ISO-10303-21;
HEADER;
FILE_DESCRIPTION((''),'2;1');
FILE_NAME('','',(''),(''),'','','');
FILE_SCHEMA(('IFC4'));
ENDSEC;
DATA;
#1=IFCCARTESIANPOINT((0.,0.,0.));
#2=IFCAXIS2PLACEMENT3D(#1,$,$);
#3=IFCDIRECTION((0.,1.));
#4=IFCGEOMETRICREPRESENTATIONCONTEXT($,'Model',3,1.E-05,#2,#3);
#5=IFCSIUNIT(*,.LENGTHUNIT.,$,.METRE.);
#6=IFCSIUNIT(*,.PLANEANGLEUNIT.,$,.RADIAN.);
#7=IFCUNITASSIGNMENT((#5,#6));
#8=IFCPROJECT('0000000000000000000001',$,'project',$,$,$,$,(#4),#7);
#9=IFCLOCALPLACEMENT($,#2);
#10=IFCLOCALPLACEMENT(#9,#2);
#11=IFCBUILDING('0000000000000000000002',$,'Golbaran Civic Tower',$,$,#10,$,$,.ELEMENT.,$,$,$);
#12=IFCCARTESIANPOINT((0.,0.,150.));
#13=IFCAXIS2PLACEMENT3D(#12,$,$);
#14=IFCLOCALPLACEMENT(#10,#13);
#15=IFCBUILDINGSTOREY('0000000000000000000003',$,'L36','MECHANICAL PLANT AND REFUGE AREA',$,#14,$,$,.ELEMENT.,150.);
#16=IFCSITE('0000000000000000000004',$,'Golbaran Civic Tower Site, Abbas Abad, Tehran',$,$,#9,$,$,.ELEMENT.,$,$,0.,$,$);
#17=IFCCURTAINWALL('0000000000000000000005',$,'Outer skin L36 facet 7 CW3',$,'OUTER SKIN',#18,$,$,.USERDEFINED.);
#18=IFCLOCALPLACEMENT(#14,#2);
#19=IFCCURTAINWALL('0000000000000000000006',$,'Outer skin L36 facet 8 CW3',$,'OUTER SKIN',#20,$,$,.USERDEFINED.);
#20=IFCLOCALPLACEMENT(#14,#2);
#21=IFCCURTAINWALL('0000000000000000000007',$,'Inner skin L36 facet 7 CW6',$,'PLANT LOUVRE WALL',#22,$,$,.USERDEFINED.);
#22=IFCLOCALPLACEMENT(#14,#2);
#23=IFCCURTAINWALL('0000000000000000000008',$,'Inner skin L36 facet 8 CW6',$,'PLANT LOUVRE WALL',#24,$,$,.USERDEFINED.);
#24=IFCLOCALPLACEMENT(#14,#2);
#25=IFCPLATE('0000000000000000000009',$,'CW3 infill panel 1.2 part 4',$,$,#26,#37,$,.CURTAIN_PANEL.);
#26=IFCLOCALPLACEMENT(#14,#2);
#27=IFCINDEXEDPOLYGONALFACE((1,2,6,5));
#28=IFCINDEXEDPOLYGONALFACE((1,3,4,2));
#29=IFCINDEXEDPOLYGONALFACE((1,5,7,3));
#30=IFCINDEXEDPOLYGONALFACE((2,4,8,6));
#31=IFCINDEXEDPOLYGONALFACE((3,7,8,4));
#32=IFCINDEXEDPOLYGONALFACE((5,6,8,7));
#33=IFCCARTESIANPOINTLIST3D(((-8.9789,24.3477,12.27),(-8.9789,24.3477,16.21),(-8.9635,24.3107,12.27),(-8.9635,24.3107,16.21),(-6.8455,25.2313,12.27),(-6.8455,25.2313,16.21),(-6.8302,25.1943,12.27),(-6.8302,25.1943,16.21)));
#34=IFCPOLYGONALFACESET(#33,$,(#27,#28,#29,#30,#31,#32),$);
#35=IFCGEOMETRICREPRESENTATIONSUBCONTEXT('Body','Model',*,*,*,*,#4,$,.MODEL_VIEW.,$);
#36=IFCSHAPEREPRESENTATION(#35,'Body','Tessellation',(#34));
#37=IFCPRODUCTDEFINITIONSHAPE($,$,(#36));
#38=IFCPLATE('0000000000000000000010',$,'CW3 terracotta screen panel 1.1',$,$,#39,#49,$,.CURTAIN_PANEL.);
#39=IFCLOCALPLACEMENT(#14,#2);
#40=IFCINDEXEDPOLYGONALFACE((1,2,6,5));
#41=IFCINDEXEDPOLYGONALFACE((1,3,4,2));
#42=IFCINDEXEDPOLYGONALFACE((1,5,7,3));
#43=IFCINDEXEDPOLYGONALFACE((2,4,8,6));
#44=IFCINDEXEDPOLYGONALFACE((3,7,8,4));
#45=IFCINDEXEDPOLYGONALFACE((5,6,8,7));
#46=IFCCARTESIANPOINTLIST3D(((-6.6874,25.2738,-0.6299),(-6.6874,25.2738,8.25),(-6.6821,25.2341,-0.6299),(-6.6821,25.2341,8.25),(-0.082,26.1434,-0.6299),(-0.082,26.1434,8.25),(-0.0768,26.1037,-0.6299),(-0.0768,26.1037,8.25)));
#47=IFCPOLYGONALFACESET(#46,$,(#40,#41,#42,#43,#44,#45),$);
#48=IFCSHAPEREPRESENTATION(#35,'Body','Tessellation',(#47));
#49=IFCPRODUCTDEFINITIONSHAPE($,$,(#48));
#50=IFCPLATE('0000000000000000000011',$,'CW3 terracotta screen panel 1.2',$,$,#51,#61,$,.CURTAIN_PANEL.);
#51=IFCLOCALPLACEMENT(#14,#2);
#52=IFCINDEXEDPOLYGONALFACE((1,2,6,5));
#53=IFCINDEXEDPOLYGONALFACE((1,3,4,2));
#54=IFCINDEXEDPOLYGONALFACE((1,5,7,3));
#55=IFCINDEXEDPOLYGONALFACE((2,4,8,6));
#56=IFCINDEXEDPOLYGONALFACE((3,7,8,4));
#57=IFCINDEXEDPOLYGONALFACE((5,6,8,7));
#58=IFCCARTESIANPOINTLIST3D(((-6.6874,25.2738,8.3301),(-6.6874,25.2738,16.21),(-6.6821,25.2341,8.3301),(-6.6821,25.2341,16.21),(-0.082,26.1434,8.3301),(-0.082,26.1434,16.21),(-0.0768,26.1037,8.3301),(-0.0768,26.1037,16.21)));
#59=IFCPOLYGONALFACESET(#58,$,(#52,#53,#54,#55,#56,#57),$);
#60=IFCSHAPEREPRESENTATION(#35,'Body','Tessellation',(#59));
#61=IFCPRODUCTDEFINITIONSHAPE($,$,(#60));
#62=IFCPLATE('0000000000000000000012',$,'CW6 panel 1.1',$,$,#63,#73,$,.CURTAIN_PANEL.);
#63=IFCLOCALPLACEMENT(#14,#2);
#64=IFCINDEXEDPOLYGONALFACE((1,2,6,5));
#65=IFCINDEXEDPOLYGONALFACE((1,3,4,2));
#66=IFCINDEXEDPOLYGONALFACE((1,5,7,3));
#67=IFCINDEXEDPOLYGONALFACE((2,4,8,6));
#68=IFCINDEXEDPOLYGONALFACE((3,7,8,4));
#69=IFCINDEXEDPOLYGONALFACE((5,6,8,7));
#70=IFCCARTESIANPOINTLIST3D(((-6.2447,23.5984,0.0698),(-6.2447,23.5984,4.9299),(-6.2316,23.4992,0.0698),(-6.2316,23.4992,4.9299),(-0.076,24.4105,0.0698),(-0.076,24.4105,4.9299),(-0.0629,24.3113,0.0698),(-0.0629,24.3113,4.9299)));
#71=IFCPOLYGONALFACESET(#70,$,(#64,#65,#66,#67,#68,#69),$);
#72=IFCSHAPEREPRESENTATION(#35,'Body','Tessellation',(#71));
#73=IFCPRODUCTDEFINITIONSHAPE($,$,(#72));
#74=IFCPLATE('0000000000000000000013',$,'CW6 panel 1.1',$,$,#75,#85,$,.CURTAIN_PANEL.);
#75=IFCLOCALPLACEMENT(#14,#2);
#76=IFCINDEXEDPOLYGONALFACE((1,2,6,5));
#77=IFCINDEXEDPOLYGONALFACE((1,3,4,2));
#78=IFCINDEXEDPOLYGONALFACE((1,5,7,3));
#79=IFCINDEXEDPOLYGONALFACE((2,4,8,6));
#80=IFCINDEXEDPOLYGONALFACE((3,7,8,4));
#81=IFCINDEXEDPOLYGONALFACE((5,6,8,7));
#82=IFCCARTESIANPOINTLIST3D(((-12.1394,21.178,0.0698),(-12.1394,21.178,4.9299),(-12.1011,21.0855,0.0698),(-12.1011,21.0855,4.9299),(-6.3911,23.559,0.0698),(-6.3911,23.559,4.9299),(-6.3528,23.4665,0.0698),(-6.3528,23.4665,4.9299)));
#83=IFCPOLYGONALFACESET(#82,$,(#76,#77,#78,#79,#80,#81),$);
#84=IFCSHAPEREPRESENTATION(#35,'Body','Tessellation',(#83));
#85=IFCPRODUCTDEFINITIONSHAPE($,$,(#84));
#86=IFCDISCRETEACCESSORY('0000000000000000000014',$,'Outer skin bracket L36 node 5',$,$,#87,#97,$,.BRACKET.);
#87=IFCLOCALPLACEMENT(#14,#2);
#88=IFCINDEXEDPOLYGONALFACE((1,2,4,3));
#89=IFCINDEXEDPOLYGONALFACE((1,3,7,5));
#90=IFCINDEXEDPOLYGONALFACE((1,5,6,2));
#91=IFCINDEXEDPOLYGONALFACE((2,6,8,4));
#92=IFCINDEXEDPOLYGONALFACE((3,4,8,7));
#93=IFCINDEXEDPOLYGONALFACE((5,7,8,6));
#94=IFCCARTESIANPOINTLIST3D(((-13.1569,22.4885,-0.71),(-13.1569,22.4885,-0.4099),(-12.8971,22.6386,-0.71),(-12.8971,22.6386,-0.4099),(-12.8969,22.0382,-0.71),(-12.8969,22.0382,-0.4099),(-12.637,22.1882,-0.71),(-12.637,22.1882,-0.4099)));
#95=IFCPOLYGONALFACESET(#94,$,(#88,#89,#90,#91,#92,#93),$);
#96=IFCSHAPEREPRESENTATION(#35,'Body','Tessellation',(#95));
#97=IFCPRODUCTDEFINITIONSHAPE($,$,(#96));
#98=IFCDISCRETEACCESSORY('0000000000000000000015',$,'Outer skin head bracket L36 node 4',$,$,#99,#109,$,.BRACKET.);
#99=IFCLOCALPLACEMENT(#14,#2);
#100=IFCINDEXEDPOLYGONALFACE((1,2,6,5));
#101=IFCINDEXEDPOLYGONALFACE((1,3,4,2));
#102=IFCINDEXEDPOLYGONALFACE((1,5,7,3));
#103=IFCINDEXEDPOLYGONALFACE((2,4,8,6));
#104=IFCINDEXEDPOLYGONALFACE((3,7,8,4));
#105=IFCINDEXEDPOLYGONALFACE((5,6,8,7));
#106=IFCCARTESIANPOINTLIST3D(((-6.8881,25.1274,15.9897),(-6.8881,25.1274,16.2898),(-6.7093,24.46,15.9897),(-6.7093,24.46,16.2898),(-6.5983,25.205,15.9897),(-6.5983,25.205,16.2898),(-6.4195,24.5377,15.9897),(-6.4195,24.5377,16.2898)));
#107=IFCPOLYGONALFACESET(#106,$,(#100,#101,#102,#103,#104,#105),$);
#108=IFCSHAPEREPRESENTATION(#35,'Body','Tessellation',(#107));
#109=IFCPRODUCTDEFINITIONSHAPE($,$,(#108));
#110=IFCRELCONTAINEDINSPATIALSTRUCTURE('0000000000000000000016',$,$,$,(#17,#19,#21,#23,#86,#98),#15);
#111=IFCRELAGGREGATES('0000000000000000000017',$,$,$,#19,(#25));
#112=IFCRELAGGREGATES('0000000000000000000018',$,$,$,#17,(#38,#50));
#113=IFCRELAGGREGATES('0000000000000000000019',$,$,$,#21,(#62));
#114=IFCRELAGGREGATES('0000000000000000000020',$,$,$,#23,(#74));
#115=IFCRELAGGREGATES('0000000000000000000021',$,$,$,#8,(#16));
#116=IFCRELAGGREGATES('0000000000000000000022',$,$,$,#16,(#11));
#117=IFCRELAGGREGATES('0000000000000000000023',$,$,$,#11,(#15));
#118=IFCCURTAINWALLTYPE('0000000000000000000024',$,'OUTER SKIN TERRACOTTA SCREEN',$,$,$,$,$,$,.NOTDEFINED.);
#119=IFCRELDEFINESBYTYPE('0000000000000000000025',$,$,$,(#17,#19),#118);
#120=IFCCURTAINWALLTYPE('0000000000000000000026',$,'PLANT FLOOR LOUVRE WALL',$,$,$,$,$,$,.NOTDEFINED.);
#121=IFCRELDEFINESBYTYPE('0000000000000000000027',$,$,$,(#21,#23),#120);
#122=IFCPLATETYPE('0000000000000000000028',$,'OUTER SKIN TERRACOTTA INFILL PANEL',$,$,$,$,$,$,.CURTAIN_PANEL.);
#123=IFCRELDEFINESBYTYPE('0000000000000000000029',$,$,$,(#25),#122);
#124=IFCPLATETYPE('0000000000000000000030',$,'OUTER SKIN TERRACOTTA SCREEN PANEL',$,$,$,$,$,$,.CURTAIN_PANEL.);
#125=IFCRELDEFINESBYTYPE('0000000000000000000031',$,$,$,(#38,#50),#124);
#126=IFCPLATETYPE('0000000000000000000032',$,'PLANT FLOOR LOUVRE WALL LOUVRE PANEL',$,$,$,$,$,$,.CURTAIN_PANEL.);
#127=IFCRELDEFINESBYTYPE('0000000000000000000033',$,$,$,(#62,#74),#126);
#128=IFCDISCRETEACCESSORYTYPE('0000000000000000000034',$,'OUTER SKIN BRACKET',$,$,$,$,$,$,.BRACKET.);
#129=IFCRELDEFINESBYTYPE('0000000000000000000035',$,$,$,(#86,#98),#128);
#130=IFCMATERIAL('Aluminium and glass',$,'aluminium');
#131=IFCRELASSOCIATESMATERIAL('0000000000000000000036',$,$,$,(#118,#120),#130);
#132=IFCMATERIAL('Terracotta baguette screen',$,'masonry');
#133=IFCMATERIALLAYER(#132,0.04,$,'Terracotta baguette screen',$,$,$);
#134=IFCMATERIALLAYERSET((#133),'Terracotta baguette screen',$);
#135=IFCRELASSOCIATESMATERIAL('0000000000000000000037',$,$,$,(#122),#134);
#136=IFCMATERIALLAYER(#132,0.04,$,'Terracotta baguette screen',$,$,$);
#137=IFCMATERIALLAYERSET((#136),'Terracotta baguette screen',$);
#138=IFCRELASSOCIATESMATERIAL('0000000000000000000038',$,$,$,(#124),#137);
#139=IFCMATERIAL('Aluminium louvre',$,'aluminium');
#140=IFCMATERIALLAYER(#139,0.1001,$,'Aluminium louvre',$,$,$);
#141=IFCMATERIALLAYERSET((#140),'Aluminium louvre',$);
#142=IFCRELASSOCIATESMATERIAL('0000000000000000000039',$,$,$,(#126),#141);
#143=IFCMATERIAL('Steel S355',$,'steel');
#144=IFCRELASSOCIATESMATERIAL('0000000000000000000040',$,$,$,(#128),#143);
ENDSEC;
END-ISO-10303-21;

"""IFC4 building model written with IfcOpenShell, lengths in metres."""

from ifc_helpers import new_model, si_unit, direction, frame, origin, origin_2d, place, context, subcontext, project, spatial, rectangle, extrude, material, layer, layer_set, type_object, element, aggregate, save


model = new_model("IFC4")

# Units and contexts
model_context = context("Model", 3, precision=1e-05, world=origin(), true_north=direction((0.0, 1.0)))
body_context = subcontext(model_context, "Body", "Model", "MODEL_VIEW")
ifc_project = project(units=[si_unit("LENGTHUNIT", "METRE"), si_unit("PLANEANGLEUNIT", "RADIAN")], contexts=[model_context])

# Site, building, storey
site_placement = place(None, origin())
site = spatial("IfcSite", under=ifc_project, at=site_placement, Name="Golbaran Civic Tower Site, Abbas Abad, Tehran", CompositionType="ELEMENT", RefElevation=0.0)
building_placement = place(site_placement, origin())
building = spatial("IfcBuilding", under=site, at=building_placement, Name="Golbaran Civic Tower", CompositionType="ELEMENT")
storey_placement = place(building_placement, frame((0.0, 0.0, 150.0)))
storey = spatial("IfcBuildingStorey", under=building, at=storey_placement, Name="L36", Description="MECHANICAL PLANT AND REFUGE AREA", CompositionType="ELEMENT", Elevation=150.0)

# Shared definitions
ifc_material_1 = material(Name="Steel S355", Category="steel")

# Curtain wall
ifc_material_2 = material(Name="Aluminium and glass", Category="aluminium")
curtain_wall_type_1 = type_object("IfcCurtainWallType", Name="OUTER SKIN TERRACOTTA SCREEN", PredefinedType="NOTDEFINED", material=ifc_material_2)
curtain_wall_1_placement = place(storey_placement, origin())
curtain_wall_1 = element("IfcCurtainWall", 1, at=curtain_wall_1_placement, inside=storey, type_object=curtain_wall_type_1, Name="Outer skin L36 facet 7 CW3", ObjectType="OUTER SKIN", PredefinedType="USERDEFINED")

# Curtain wall
curtain_wall_2_placement = place(storey_placement, origin())
curtain_wall_2 = element("IfcCurtainWall", 2, at=curtain_wall_2_placement, inside=storey, type_object=curtain_wall_type_1, Name="Outer skin L36 facet 8 CW3", ObjectType="OUTER SKIN", PredefinedType="USERDEFINED")

# Curtain wall
curtain_wall_type_2 = type_object("IfcCurtainWallType", Name="PLANT FLOOR LOUVRE WALL", PredefinedType="NOTDEFINED", material=ifc_material_2)
curtain_wall_3_placement = place(storey_placement, origin())
curtain_wall_3 = element("IfcCurtainWall", 3, at=curtain_wall_3_placement, inside=storey, type_object=curtain_wall_type_2, Name="Inner skin L36 facet 7 CW6", ObjectType="PLANT LOUVRE WALL", PredefinedType="USERDEFINED")

# Curtain wall
curtain_wall_4_placement = place(storey_placement, origin())
curtain_wall_4 = element("IfcCurtainWall", 4, at=curtain_wall_4_placement, inside=storey, type_object=curtain_wall_type_2, Name="Inner skin L36 facet 8 CW6", ObjectType="PLANT LOUVRE WALL", PredefinedType="USERDEFINED")

# Plates
ifc_material_3 = material(Name="Terracotta baguette screen", Category="masonry")
ifc_layer_1 = layer(ifc_material_3, 0.04, Name="Terracotta baguette screen")
ifc_layer_set_1 = layer_set([ifc_layer_1], Name="Terracotta baguette screen")
plate_type_1 = type_object("IfcPlateType", Name="OUTER SKIN TERRACOTTA INFILL PANEL", PredefinedType="CURTAIN_PANEL", material=ifc_layer_set_1)
plate_1_placement = place(storey_placement, frame((-7.9045, 24.771, 12.27), z_axis=(0.0, 0.0, 1.0), x_axis=(-0.92388, -0.382683, 0.0)))
plate_1 = element("IfcPlate", 5, at=plate_1_placement, type_object=plate_type_1, Name="CW3 infill panel 1.2 part 4", PredefinedType="CURTAIN_PANEL", context=body_context, shape_type="SweptSolid", body=[
    extrude(rectangle(XDim=2.3091, YDim=0.04, at=origin_2d()), origin(), (0.0, 0.0, 1.0), 3.9399),
])
aggregate(curtain_wall_2, [plate_1])
ifc_layer_2 = layer(ifc_material_3, 0.04, Name="Terracotta baguette screen")
ifc_layer_set_2 = layer_set([ifc_layer_2], Name="Terracotta baguette screen")
plate_type_2 = type_object("IfcPlateType", Name="OUTER SKIN TERRACOTTA SCREEN PANEL", PredefinedType="CURTAIN_PANEL", material=ifc_layer_set_2)
plate_2_placement = place(storey_placement, frame((-3.3821, 25.6887, -0.6299), z_axis=(0.0, 0.0, 1.0), x_axis=(-0.991445, -0.130526, 0.0)))
plate_2 = element("IfcPlate", 6, at=plate_2_placement, type_object=plate_type_2, Name="CW3 terracotta screen panel 1.1", PredefinedType="CURTAIN_PANEL", context=body_context, shape_type="SweptSolid", body=[
    extrude(rectangle(XDim=6.6624, YDim=0.04, at=origin_2d()), origin(), (0.0, 0.0, 1.0), 8.8799),
])
plate_3_placement = place(storey_placement, frame((-3.3821, 25.6887, 8.3301), z_axis=(0.0, 0.0, 1.0), x_axis=(-0.991445, -0.130526, 0.0)))
plate_3 = element("IfcPlate", 7, at=plate_3_placement, type_object=plate_type_2, Name="CW3 terracotta screen panel 1.2", PredefinedType="CURTAIN_PANEL", context=body_context, shape_type="SweptSolid", body=[
    extrude(rectangle(XDim=6.6624, YDim=0.04, at=origin_2d()), origin(), (0.0, 0.0, 1.0), 7.8799),
])
aggregate(curtain_wall_1, [plate_2, plate_3])
ifc_material_4 = material(Name="Aluminium louvre", Category="aluminium")
ifc_layer_3 = layer(ifc_material_4, 0.1001, Name="Aluminium louvre")
ifc_layer_set_3 = layer_set([ifc_layer_3], Name="Aluminium louvre")
plate_type_3 = type_object("IfcPlateType", Name="PLANT FLOOR LOUVRE WALL LOUVRE PANEL", PredefinedType="CURTAIN_PANEL", material=ifc_layer_set_3)
plate_4_placement = place(storey_placement, frame((-3.1538, 23.9548, 0.0698), z_axis=(0.0, 0.0, 1.0), x_axis=(-0.991445, -0.130526, 0.0)))
plate_4 = element("IfcPlate", 8, at=plate_4_placement, type_object=plate_type_3, Name="CW6 panel 1.1", PredefinedType="CURTAIN_PANEL", context=body_context, shape_type="SweptSolid", body=[
    extrude(rectangle(XDim=6.2219, YDim=0.1001, at=origin_2d()), origin(), (0.0, 0.0, 1.0), 4.8601),
])
aggregate(curtain_wall_3, [plate_4])
plate_5_placement = place(storey_placement, frame((-9.2461, 22.3223, 0.0698), z_axis=(0.0, 0.0, 1.0), x_axis=(-0.92388, -0.382683, 0.0)))
plate_5 = element("IfcPlate", 9, at=plate_5_placement, type_object=plate_type_3, Name="CW6 panel 1.1", PredefinedType="CURTAIN_PANEL", context=body_context, shape_type="SweptSolid", body=[
    extrude(rectangle(XDim=6.2219, YDim=0.1001, at=origin_2d()), origin(), (0.0, 0.0, 1.0), 4.8601),
])
aggregate(curtain_wall_4, [plate_5])

# Discrete accessories
discrete_accessory_type = type_object("IfcDiscreteAccessoryType", Name="OUTER SKIN BRACKET", PredefinedType="BRACKET", material=ifc_material_1)
discrete_accessory_1_placement = place(storey_placement, frame((-12.897, 22.3384, -0.71), z_axis=(0.0, 0.0, 1.0), x_axis=(-0.5, 0.866025, 0.0)))
element("IfcDiscreteAccessory", 10, at=discrete_accessory_1_placement, inside=storey, type_object=discrete_accessory_type, Name="Outer skin bracket L36 node 5", PredefinedType="BRACKET", context=body_context, shape_type="SweptSolid", body=[
    extrude(rectangle(XDim=0.52, YDim=0.3, at=origin_2d()), origin(), (0.0, 0.0, 1.0), 0.3),
])
discrete_accessory_2_placement = place(storey_placement, frame((-6.6538, 24.8325, 15.9897), z_axis=(0.0, 0.0, 1.0), x_axis=(-0.258819, 0.965926, 0.0)))
element("IfcDiscreteAccessory", 11, at=discrete_accessory_2_placement, inside=storey, type_object=discrete_accessory_type, Name="Outer skin head bracket L36 node 4", PredefinedType="BRACKET", context=body_context, shape_type="SweptSolid", body=[
    extrude(rectangle(XDim=0.6909, YDim=0.3, at=origin_2d()), origin(), (0.0, 0.0, 1.0), 0.3),
])

save(model, "model.ifc")
